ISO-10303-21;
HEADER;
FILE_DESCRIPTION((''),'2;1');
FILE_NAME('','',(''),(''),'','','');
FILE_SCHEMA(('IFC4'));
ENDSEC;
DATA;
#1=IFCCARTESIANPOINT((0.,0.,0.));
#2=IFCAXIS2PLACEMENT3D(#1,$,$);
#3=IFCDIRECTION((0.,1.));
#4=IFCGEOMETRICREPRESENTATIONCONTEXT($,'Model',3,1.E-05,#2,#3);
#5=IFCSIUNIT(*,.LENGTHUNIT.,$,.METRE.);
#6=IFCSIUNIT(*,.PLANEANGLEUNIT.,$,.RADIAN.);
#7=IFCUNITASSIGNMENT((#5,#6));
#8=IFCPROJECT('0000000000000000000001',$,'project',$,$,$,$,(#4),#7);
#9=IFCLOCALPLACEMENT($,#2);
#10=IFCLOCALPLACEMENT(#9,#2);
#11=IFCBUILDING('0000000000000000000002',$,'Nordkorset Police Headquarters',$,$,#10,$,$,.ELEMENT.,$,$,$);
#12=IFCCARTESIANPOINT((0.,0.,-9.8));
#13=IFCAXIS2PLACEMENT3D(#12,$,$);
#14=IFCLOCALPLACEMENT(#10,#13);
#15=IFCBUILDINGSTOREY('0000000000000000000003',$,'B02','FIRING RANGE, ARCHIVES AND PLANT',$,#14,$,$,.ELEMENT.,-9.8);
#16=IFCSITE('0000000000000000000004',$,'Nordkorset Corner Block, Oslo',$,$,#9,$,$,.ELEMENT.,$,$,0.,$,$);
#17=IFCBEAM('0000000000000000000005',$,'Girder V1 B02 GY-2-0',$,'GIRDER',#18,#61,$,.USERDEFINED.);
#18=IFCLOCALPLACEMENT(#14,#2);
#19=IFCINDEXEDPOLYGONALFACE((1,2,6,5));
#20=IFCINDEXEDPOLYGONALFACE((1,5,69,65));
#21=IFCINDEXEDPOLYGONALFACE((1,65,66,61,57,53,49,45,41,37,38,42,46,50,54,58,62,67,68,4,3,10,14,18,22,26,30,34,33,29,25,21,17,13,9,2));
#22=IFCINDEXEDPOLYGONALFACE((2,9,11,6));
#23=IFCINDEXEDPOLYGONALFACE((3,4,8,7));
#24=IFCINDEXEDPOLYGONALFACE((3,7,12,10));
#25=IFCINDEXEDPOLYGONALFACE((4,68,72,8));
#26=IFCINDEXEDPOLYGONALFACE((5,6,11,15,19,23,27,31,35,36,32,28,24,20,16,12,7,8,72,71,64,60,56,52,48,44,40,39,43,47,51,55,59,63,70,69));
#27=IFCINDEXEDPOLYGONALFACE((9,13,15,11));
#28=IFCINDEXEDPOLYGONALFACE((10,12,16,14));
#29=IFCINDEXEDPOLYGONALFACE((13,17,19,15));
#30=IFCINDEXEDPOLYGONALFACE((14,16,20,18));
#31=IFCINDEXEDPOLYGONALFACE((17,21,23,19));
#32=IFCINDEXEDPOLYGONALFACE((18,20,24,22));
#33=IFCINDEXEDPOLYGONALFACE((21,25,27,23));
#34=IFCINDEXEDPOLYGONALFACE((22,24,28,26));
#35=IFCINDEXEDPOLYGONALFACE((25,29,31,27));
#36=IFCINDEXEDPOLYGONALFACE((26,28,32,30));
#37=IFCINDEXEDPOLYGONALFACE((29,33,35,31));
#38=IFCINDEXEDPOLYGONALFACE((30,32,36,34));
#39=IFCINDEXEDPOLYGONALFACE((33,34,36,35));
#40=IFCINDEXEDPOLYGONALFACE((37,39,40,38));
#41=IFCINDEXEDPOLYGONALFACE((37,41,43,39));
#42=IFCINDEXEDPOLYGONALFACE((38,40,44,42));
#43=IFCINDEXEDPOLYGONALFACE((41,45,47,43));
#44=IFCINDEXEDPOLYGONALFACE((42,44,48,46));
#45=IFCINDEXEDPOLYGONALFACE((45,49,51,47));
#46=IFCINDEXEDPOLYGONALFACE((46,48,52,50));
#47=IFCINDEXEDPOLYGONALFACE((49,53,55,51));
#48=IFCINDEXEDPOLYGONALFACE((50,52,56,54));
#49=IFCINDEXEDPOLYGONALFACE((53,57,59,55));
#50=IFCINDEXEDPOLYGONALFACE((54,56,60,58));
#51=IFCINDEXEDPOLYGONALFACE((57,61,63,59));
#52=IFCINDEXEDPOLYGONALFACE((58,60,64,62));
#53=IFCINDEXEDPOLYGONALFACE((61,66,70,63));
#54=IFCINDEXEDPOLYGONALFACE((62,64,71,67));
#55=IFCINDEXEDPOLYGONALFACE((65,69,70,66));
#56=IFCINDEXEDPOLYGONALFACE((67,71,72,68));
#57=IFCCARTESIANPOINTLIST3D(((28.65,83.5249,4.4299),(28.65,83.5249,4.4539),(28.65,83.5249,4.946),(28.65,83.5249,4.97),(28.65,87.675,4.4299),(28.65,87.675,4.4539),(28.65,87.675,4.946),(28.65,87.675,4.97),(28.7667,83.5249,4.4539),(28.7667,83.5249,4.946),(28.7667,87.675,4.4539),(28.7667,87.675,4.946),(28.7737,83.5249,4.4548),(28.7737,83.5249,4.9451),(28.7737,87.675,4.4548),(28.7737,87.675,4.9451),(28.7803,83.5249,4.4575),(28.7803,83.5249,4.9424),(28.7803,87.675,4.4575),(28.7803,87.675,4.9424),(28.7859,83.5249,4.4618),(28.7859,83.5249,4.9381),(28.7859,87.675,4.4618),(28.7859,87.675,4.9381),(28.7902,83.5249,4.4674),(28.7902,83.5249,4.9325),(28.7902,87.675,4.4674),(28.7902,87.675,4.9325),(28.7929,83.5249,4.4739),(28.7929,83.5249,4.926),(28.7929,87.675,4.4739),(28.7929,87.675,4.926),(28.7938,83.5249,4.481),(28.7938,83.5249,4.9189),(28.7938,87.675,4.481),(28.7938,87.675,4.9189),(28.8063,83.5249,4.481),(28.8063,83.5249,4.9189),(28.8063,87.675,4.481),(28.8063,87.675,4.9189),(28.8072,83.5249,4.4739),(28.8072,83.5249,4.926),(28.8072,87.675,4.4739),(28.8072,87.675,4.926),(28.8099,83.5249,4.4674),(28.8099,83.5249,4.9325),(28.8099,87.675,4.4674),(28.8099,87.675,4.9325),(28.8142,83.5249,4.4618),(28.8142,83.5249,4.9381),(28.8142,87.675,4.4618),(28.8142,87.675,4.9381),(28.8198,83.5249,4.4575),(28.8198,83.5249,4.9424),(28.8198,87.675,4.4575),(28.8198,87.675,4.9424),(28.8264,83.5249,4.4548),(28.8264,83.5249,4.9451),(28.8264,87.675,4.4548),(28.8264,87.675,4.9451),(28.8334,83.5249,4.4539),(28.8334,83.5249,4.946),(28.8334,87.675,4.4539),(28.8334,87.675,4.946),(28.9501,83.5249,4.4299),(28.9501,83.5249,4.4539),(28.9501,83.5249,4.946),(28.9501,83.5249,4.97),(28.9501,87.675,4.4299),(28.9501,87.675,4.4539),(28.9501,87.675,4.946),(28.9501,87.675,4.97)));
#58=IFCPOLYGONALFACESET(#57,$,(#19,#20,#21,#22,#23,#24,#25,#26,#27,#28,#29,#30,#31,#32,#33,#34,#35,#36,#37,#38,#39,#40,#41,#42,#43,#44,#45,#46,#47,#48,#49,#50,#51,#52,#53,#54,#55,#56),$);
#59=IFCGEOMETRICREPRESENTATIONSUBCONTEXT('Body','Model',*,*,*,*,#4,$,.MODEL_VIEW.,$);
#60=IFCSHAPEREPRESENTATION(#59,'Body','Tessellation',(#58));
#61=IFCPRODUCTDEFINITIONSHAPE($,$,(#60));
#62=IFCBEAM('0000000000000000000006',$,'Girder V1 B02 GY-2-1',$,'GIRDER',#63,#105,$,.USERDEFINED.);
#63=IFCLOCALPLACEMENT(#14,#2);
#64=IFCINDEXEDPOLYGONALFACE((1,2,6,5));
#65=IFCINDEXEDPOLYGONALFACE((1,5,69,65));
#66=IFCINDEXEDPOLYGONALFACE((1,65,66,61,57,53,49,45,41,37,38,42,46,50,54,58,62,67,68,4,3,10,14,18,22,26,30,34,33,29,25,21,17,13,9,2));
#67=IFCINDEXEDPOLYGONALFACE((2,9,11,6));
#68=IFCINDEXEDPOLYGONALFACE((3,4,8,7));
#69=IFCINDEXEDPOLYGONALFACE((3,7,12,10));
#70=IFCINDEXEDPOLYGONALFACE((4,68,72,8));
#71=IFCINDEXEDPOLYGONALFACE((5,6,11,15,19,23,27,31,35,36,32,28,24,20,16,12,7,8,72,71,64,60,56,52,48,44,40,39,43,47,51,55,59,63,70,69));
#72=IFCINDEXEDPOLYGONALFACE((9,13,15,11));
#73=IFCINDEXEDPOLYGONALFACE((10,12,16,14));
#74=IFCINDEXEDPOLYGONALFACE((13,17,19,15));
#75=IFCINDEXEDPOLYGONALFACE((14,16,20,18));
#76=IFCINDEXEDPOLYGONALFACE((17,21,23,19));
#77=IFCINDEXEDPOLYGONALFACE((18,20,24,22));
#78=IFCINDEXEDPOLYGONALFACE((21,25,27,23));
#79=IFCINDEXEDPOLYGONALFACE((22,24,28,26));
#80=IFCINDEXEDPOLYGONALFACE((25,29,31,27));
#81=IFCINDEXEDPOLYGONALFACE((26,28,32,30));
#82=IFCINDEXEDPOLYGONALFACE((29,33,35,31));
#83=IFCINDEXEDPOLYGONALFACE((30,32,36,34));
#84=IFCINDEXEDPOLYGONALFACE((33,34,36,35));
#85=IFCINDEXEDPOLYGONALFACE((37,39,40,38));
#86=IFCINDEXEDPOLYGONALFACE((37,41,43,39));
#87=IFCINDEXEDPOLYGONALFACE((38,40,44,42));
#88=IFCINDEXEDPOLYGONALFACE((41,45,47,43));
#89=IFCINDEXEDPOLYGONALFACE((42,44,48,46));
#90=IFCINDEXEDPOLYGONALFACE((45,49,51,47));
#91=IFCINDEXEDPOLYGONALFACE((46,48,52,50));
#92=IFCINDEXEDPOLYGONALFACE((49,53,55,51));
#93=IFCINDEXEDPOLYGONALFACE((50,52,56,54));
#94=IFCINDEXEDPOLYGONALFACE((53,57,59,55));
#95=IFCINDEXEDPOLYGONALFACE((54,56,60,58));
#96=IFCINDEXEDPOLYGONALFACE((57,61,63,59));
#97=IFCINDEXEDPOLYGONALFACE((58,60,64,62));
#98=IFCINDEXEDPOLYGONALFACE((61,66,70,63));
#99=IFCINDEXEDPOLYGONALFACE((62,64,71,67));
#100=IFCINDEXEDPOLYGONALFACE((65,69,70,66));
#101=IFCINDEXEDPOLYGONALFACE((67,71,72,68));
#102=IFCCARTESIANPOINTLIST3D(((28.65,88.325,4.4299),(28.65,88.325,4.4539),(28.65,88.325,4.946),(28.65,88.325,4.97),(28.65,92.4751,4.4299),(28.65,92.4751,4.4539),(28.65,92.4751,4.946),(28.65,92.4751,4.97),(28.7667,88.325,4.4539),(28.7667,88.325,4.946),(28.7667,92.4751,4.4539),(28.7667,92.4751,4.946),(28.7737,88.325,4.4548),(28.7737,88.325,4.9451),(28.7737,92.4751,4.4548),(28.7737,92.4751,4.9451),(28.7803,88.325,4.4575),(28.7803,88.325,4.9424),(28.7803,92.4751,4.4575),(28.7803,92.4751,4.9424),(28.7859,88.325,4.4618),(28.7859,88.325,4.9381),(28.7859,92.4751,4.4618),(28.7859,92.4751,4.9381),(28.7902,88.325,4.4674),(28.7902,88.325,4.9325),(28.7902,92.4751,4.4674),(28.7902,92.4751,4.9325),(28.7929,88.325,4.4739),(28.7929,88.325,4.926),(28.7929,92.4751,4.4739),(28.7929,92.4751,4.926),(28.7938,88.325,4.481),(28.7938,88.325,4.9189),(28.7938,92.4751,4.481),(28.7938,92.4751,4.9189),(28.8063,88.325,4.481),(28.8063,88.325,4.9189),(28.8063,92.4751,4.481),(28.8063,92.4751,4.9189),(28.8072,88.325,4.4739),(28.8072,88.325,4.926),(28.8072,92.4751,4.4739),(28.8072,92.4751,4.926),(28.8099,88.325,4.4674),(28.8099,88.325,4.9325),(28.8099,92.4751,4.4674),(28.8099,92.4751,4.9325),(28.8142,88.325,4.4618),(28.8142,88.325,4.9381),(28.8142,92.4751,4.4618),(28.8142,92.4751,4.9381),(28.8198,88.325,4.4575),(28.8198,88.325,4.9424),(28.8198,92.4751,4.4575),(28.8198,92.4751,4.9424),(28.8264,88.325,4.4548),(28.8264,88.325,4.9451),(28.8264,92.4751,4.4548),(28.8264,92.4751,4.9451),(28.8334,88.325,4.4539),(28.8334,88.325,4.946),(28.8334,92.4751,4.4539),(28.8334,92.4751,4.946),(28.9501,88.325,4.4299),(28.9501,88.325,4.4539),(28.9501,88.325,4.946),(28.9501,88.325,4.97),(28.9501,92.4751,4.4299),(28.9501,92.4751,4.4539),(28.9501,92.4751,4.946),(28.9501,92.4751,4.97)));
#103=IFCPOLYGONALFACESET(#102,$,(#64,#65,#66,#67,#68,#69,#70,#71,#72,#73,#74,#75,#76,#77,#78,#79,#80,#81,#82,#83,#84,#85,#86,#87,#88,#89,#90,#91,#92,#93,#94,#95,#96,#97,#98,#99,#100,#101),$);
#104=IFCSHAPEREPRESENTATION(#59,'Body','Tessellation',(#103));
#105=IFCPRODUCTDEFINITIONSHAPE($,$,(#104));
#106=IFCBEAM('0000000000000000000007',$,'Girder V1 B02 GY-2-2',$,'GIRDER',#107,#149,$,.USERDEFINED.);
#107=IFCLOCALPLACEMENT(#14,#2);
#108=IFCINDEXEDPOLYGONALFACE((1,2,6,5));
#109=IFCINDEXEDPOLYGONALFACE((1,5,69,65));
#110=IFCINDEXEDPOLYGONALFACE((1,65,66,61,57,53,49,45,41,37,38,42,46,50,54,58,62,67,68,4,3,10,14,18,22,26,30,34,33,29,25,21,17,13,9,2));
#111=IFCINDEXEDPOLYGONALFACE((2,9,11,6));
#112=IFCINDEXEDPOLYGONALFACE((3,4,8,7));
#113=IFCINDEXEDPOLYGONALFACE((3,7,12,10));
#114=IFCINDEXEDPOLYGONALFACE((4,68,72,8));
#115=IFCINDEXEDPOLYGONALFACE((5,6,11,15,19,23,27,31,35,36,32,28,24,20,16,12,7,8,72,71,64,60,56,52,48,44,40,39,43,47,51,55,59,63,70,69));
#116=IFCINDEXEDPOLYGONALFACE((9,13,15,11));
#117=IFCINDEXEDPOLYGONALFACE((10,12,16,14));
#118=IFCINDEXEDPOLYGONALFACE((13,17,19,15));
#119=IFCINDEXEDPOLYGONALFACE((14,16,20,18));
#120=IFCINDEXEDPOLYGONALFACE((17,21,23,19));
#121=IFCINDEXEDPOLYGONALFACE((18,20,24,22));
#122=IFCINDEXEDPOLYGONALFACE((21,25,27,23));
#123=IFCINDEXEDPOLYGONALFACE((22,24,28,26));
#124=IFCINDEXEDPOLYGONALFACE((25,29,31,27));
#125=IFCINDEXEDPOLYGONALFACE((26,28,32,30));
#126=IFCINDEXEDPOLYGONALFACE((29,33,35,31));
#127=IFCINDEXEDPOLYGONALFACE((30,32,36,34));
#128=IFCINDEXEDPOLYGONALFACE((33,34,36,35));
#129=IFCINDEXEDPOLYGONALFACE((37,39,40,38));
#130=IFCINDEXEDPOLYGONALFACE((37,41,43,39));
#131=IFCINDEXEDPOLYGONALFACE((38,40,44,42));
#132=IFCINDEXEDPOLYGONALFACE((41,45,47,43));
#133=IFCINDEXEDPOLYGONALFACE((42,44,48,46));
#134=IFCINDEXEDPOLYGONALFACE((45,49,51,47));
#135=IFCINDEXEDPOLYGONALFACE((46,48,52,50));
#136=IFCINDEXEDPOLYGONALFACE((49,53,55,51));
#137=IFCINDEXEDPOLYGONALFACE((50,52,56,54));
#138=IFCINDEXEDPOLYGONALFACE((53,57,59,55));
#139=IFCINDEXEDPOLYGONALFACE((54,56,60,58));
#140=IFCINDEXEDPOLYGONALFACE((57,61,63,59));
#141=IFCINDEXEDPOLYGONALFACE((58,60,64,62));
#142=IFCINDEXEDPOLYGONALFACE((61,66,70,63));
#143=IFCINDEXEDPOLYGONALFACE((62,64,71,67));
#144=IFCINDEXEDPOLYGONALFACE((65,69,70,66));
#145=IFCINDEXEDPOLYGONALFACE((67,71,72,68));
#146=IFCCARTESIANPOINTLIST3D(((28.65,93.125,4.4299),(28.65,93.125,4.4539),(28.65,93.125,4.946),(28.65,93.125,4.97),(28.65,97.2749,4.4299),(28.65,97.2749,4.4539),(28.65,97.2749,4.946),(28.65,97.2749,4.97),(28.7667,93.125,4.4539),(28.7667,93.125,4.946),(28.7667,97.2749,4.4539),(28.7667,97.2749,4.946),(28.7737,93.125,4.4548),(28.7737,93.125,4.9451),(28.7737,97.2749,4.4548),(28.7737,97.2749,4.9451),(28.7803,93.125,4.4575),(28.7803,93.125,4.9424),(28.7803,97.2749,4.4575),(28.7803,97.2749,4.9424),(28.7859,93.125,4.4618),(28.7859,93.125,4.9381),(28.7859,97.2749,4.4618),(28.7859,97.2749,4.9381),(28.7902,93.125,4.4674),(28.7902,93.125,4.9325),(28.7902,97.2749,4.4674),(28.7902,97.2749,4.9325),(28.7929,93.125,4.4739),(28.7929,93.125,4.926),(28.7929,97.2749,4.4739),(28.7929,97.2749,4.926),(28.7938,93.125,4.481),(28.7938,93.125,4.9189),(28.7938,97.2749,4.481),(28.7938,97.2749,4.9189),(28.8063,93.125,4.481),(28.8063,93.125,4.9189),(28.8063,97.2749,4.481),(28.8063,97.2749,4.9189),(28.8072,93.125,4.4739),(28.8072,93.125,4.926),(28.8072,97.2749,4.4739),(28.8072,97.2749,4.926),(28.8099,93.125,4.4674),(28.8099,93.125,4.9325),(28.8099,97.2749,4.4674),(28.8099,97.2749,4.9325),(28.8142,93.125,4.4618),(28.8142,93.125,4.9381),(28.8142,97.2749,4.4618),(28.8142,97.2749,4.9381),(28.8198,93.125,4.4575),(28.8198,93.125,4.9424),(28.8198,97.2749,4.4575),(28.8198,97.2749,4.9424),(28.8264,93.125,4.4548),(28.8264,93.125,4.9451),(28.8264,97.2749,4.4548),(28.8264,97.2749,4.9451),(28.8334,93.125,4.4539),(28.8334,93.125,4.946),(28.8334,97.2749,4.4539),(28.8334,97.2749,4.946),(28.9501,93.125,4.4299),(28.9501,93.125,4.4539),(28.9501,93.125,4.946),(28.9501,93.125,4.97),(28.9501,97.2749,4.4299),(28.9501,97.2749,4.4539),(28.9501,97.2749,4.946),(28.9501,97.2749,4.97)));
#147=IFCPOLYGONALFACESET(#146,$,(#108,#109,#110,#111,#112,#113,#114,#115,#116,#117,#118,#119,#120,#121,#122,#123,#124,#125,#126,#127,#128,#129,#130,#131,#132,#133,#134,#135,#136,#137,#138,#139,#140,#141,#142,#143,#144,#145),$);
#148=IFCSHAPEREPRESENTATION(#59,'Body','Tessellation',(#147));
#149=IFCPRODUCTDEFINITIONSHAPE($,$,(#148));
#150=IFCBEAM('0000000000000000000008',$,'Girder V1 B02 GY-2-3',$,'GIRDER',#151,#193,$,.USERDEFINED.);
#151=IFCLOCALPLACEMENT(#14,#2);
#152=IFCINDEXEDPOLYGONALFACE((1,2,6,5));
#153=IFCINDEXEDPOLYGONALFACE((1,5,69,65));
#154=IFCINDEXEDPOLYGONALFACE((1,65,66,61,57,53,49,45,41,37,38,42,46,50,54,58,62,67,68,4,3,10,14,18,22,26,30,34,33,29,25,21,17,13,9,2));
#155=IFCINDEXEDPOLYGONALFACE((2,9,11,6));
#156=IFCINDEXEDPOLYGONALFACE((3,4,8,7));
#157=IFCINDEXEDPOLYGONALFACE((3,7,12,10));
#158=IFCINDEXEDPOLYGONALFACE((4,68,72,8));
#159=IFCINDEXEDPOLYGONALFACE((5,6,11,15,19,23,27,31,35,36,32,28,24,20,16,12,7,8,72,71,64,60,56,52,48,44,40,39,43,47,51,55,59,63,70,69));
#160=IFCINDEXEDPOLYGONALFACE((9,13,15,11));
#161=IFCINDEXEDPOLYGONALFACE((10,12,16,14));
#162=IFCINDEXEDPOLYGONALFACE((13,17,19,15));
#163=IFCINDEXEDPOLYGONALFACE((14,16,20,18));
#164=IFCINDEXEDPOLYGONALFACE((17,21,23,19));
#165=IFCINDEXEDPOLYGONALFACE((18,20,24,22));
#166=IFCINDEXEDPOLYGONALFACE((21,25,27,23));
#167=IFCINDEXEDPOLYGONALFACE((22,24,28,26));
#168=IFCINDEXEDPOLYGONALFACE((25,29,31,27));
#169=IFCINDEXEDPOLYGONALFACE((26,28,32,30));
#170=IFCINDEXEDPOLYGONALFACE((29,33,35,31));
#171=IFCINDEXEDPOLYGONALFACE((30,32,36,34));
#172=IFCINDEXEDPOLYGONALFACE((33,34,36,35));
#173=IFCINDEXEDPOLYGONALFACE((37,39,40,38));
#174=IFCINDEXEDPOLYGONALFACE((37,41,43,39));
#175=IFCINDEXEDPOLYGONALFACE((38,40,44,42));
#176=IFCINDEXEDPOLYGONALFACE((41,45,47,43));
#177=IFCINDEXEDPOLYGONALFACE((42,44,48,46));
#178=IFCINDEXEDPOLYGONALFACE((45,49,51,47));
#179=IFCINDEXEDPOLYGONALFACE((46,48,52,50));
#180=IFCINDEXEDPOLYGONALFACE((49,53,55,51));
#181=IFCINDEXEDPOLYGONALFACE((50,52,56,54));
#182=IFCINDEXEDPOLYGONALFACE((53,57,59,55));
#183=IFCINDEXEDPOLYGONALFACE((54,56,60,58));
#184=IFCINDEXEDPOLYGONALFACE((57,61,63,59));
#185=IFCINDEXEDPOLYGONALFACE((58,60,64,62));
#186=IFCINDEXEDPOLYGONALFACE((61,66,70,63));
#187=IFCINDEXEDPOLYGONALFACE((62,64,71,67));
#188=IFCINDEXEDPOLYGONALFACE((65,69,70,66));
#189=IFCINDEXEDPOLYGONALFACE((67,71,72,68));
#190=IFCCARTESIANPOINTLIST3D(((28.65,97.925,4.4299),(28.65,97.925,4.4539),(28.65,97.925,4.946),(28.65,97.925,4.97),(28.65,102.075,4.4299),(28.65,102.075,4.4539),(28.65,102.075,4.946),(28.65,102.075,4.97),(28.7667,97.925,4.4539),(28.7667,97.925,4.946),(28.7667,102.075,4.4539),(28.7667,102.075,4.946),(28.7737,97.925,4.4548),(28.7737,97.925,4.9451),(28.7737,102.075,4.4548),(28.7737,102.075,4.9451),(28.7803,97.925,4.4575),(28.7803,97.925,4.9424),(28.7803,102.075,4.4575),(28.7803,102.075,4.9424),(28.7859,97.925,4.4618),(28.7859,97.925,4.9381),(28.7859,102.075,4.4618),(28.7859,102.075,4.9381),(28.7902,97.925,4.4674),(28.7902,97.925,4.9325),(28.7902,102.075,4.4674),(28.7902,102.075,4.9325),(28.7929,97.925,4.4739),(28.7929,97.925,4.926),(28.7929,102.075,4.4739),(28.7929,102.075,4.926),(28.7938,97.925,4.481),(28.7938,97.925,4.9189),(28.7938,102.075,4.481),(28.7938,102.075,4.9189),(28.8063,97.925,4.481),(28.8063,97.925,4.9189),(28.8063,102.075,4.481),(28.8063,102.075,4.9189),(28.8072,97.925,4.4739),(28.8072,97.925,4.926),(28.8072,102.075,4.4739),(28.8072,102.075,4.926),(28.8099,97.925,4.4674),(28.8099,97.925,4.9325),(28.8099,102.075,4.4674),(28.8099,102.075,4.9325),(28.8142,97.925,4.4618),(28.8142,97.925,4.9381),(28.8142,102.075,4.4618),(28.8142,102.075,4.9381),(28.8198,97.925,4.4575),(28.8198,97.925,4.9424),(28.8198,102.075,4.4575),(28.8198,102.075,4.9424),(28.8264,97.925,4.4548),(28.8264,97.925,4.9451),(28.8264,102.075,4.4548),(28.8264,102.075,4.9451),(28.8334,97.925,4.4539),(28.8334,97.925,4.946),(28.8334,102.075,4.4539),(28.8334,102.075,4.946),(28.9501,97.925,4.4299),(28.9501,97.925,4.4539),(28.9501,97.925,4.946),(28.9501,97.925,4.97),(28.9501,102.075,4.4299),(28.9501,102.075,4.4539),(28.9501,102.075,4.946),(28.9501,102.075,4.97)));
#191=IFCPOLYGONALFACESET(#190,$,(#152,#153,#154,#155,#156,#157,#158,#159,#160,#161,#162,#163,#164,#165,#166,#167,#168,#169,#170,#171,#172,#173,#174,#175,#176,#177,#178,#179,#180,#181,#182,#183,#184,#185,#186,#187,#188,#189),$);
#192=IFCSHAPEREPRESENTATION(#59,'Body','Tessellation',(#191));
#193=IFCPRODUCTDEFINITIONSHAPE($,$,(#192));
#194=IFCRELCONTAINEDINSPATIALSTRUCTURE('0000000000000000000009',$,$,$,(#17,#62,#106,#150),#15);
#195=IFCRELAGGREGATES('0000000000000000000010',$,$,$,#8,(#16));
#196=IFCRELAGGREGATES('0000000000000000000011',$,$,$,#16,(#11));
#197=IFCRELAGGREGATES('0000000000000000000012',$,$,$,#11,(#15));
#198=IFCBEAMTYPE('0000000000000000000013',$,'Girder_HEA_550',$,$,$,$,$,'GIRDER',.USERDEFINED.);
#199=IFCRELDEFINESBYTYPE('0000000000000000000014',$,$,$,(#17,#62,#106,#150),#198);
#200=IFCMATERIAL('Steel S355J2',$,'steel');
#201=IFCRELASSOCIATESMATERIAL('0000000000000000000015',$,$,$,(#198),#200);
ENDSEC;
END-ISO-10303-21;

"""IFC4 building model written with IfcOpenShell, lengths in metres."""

from ifc_helpers import new_model, si_unit, direction, frame, origin, origin_2d, place, context, subcontext, project, spatial, i_section, extrude, material, material_profile, profile_set, type_object, element, save


model = new_model("IFC4")

# Units and contexts
model_context = context("Model", 3, precision=1e-05, world=origin(), true_north=direction((0.0, 1.0)))
body_context = subcontext(model_context, "Body", "Model", "MODEL_VIEW")
ifc_project = project(units=[si_unit("LENGTHUNIT", "METRE"), si_unit("PLANEANGLEUNIT", "RADIAN")], contexts=[model_context])

# Site, building, storey
site_placement = place(None, origin())
site = spatial("IfcSite", under=ifc_project, at=site_placement, Name="Nordkorset Corner Block, Oslo", CompositionType="ELEMENT", RefElevation=0.0)
building_placement = place(site_placement, origin())
building = spatial("IfcBuilding", under=site, at=building_placement, Name="Nordkorset Police Headquarters", CompositionType="ELEMENT")
storey_placement = place(building_placement, frame((0.0, 0.0, -9.8)))
storey = spatial("IfcBuildingStorey", under=building, at=storey_placement, Name="B02", Description="FIRING RANGE, ARCHIVES AND PLANT", CompositionType="ELEMENT", Elevation=-9.8)

# Beams
ifc_material_1 = material(Name="Steel S355J2", Category="steel")
ifc_material_profile_1 = material_profile(ifc_material_1, i_section(OverallWidth=0.3, OverallDepth=0.54, WebThickness=0.0125, FlangeThickness=0.0239, FilletRadius=0.0271, at=origin_2d()), Name="HEA 550")
ifc_profile_set_1 = profile_set([ifc_material_profile_1], Name="Steel S355J2")
beam_type_1 = type_object("IfcBeamType", Name="Girder_HEA_550", ElementType="GIRDER", PredefinedType="USERDEFINED", material=ifc_profile_set_1)
for number, where, z_axis, x_axis, name in (
    (1, (28.8, 83.5249, 4.7), (0.0, 1.0, 0.0), (-1.0, 0.0, 0.0), "Girder V1 B02 GY-2-0"),
    (2, (28.8, 88.325, 4.7), (0.0, 1.0, 0.0), (-1.0, 0.0, 0.0), "Girder V1 B02 GY-2-1"),
):
    element("IfcBeam", number, at=place(storey_placement, frame(where, z_axis=z_axis, x_axis=x_axis)), inside=storey, type_object=beam_type_1, Name=name, ObjectType="GIRDER", PredefinedType="USERDEFINED", context=body_context, shape_type="SweptSolid", body=[
        extrude(i_section(OverallWidth=0.3, OverallDepth=0.54, WebThickness=0.0125, FlangeThickness=0.0239, FilletRadius=0.0271, at=origin_2d()), origin(), (0.0, 0.0, 1.0), 4.1501),
    ])
for number, where, z_axis, x_axis, name in (
    (3, (28.8, 93.125, 4.7), (0.0, 1.0, 0.0), (-1.0, 0.0, 0.0), "Girder V1 B02 GY-2-2"),
    (4, (28.8, 97.925, 4.7), (0.0, 1.0, 0.0), (-1.0, 0.0, 0.0), "Girder V1 B02 GY-2-3"),
):
    element("IfcBeam", number, at=place(storey_placement, frame(where, z_axis=z_axis, x_axis=x_axis)), inside=storey, type_object=beam_type_1, Name=name, ObjectType="GIRDER", PredefinedType="USERDEFINED", context=body_context, shape_type="SweptSolid", body=[
        extrude(i_section(OverallWidth=0.3, OverallDepth=0.54, WebThickness=0.0125, FlangeThickness=0.0239, FilletRadius=0.0271, at=origin_2d()), origin(), (0.0, 0.0, 1.0), 4.1499),
    ])

save(model, "model.ifc")
